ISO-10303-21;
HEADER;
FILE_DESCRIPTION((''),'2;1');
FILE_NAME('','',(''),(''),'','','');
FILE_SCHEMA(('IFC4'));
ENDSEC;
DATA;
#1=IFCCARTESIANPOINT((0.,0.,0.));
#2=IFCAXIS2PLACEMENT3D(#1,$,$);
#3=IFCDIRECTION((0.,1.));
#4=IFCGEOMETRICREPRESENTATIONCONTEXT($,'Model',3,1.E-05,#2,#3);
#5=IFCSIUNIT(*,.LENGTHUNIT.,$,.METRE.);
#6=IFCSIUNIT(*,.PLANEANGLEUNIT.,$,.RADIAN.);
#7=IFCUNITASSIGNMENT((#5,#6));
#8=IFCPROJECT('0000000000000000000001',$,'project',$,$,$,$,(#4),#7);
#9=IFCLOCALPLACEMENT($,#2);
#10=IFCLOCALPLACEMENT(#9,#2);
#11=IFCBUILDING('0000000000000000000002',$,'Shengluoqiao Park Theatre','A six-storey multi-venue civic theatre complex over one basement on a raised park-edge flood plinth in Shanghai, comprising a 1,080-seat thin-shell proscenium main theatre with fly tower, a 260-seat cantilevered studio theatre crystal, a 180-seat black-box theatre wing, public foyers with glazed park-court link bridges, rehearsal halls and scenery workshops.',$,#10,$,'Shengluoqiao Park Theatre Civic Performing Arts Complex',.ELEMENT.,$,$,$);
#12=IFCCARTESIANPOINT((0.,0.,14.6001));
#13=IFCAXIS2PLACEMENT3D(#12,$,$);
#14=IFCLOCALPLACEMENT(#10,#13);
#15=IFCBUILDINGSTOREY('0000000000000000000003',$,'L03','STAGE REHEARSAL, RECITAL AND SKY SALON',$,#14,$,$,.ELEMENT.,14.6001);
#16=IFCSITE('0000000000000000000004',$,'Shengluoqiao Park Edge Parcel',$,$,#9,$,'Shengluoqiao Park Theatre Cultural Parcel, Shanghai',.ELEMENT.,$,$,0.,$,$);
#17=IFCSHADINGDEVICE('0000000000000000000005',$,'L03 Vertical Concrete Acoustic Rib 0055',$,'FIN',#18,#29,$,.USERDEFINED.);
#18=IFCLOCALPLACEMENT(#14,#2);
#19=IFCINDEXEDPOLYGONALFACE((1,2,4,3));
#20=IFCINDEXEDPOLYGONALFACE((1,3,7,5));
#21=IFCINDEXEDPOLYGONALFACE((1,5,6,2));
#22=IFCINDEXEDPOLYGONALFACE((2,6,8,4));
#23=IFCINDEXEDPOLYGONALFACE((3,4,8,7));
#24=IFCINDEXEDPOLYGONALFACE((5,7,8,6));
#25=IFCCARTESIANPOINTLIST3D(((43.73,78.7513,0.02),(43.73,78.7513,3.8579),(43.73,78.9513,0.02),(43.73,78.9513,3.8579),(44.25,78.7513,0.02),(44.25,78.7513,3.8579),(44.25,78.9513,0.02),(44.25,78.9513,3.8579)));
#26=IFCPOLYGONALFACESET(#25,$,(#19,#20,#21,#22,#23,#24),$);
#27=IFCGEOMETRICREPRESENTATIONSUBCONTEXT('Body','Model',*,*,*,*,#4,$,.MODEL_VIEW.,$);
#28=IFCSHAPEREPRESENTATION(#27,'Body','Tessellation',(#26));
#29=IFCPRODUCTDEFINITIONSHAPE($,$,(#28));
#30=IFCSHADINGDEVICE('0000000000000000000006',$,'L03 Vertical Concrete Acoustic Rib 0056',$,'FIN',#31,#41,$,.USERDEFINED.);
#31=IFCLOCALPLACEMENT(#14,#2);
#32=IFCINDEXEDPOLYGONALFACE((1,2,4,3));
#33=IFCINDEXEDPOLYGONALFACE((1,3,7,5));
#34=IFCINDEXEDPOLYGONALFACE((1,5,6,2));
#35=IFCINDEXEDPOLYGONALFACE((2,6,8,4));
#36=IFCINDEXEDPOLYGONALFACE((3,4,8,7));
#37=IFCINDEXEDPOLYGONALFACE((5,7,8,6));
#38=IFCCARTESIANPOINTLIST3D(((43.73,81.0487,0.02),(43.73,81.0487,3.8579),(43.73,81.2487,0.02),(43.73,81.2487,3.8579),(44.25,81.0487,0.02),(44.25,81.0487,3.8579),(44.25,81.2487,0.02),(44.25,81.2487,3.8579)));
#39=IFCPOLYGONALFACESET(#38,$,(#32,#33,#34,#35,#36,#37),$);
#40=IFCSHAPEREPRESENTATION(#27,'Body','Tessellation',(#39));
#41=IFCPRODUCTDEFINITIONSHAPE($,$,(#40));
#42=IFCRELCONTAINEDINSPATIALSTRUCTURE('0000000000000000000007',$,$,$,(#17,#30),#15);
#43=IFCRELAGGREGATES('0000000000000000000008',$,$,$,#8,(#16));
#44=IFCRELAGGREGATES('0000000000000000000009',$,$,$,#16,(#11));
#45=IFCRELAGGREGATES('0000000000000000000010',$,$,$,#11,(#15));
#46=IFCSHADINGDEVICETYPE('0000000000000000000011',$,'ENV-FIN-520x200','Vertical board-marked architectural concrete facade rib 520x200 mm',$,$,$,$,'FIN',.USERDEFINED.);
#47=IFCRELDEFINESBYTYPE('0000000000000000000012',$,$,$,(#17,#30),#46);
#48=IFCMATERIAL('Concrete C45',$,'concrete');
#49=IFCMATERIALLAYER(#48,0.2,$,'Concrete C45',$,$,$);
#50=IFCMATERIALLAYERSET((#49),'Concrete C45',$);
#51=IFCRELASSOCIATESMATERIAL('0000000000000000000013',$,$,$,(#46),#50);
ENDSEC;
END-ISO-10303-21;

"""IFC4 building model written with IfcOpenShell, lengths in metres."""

from ifc_helpers import new_model, si_unit, direction, frame, origin, origin_2d, place, context, subcontext, project, spatial, rectangle, extrude, material, layer, layer_set, type_object, element, save


model = new_model("IFC4")

# Units and contexts
model_context = context("Model", 3, precision=1e-05, world=origin(), true_north=direction((0.0, 1.0)))
body_context = subcontext(model_context, "Body", "Model", "MODEL_VIEW")
ifc_project = project(units=[si_unit("LENGTHUNIT", "METRE"), si_unit("PLANEANGLEUNIT", "RADIAN")], contexts=[model_context])

# Site, building, storey
site_placement = place(None, origin())
site = spatial("IfcSite", under=ifc_project, at=site_placement, Name="Shengluoqiao Park Edge Parcel", LongName="Shengluoqiao Park Theatre Cultural Parcel, Shanghai", CompositionType="ELEMENT", RefElevation=0.0)
building_placement = place(site_placement, origin())
building = spatial("IfcBuilding", under=site, at=building_placement, Name="Shengluoqiao Park Theatre", Description="A six-storey multi-venue civic theatre complex over one basement on a raised park-edge flood plinth in Shanghai, comprising a 1,080-seat thin-shell proscenium main theatre with fly tower, a 260-seat cantilevered studio theatre crystal, a 180-seat black-box theatre wing, public foyers with glazed park-court link bridges, rehearsal halls and scenery workshops.", LongName="Shengluoqiao Park Theatre Civic Performing Arts Complex", CompositionType="ELEMENT")
storey_placement = place(building_placement, frame((0.0, 0.0, 14.6001)))
storey = spatial("IfcBuildingStorey", under=building, at=storey_placement, Name="L03", Description="STAGE REHEARSAL, RECITAL AND SKY SALON", CompositionType="ELEMENT", Elevation=14.6001)

# Shared definitions
ifc_material_1 = material(Name="Concrete C45", Category="concrete")

# Shading devices
ifc_layer_1 = layer(ifc_material_1, 0.2, Name="Concrete C45")
ifc_layer_set_1 = layer_set([ifc_layer_1], Name="Concrete C45")
shading_device_type = type_object("IfcShadingDeviceType", Name="ENV-FIN-520x200", Description="Vertical board-marked architectural concrete facade rib 520x200 mm", ElementType="FIN", PredefinedType="USERDEFINED", material=ifc_layer_set_1)
for number, where, z_axis, x_axis, name in (
    (1, (43.99, 78.8513, 0.02), (0.0, 0.0, 1.0), (-1.0, 0.0, 0.0), "L03 Vertical Concrete Acoustic Rib 0055"),
    (2, (43.99, 81.1487, 0.02), (0.0, 0.0, 1.0), (-1.0, 0.0, 0.0), "L03 Vertical Concrete Acoustic Rib 0056"),
):
    element("IfcShadingDevice", number, at=place(storey_placement, frame(where, z_axis=z_axis, x_axis=x_axis)), inside=storey, type_object=shading_device_type, Name=name, ObjectType="FIN", PredefinedType="USERDEFINED", context=body_context, shape_type="SweptSolid", body=[
        extrude(rectangle(XDim=0.52, YDim=0.2, at=origin_2d()), origin(), (0.0, 0.0, 1.0), 3.8379),
    ])

save(model, "model.ifc")
